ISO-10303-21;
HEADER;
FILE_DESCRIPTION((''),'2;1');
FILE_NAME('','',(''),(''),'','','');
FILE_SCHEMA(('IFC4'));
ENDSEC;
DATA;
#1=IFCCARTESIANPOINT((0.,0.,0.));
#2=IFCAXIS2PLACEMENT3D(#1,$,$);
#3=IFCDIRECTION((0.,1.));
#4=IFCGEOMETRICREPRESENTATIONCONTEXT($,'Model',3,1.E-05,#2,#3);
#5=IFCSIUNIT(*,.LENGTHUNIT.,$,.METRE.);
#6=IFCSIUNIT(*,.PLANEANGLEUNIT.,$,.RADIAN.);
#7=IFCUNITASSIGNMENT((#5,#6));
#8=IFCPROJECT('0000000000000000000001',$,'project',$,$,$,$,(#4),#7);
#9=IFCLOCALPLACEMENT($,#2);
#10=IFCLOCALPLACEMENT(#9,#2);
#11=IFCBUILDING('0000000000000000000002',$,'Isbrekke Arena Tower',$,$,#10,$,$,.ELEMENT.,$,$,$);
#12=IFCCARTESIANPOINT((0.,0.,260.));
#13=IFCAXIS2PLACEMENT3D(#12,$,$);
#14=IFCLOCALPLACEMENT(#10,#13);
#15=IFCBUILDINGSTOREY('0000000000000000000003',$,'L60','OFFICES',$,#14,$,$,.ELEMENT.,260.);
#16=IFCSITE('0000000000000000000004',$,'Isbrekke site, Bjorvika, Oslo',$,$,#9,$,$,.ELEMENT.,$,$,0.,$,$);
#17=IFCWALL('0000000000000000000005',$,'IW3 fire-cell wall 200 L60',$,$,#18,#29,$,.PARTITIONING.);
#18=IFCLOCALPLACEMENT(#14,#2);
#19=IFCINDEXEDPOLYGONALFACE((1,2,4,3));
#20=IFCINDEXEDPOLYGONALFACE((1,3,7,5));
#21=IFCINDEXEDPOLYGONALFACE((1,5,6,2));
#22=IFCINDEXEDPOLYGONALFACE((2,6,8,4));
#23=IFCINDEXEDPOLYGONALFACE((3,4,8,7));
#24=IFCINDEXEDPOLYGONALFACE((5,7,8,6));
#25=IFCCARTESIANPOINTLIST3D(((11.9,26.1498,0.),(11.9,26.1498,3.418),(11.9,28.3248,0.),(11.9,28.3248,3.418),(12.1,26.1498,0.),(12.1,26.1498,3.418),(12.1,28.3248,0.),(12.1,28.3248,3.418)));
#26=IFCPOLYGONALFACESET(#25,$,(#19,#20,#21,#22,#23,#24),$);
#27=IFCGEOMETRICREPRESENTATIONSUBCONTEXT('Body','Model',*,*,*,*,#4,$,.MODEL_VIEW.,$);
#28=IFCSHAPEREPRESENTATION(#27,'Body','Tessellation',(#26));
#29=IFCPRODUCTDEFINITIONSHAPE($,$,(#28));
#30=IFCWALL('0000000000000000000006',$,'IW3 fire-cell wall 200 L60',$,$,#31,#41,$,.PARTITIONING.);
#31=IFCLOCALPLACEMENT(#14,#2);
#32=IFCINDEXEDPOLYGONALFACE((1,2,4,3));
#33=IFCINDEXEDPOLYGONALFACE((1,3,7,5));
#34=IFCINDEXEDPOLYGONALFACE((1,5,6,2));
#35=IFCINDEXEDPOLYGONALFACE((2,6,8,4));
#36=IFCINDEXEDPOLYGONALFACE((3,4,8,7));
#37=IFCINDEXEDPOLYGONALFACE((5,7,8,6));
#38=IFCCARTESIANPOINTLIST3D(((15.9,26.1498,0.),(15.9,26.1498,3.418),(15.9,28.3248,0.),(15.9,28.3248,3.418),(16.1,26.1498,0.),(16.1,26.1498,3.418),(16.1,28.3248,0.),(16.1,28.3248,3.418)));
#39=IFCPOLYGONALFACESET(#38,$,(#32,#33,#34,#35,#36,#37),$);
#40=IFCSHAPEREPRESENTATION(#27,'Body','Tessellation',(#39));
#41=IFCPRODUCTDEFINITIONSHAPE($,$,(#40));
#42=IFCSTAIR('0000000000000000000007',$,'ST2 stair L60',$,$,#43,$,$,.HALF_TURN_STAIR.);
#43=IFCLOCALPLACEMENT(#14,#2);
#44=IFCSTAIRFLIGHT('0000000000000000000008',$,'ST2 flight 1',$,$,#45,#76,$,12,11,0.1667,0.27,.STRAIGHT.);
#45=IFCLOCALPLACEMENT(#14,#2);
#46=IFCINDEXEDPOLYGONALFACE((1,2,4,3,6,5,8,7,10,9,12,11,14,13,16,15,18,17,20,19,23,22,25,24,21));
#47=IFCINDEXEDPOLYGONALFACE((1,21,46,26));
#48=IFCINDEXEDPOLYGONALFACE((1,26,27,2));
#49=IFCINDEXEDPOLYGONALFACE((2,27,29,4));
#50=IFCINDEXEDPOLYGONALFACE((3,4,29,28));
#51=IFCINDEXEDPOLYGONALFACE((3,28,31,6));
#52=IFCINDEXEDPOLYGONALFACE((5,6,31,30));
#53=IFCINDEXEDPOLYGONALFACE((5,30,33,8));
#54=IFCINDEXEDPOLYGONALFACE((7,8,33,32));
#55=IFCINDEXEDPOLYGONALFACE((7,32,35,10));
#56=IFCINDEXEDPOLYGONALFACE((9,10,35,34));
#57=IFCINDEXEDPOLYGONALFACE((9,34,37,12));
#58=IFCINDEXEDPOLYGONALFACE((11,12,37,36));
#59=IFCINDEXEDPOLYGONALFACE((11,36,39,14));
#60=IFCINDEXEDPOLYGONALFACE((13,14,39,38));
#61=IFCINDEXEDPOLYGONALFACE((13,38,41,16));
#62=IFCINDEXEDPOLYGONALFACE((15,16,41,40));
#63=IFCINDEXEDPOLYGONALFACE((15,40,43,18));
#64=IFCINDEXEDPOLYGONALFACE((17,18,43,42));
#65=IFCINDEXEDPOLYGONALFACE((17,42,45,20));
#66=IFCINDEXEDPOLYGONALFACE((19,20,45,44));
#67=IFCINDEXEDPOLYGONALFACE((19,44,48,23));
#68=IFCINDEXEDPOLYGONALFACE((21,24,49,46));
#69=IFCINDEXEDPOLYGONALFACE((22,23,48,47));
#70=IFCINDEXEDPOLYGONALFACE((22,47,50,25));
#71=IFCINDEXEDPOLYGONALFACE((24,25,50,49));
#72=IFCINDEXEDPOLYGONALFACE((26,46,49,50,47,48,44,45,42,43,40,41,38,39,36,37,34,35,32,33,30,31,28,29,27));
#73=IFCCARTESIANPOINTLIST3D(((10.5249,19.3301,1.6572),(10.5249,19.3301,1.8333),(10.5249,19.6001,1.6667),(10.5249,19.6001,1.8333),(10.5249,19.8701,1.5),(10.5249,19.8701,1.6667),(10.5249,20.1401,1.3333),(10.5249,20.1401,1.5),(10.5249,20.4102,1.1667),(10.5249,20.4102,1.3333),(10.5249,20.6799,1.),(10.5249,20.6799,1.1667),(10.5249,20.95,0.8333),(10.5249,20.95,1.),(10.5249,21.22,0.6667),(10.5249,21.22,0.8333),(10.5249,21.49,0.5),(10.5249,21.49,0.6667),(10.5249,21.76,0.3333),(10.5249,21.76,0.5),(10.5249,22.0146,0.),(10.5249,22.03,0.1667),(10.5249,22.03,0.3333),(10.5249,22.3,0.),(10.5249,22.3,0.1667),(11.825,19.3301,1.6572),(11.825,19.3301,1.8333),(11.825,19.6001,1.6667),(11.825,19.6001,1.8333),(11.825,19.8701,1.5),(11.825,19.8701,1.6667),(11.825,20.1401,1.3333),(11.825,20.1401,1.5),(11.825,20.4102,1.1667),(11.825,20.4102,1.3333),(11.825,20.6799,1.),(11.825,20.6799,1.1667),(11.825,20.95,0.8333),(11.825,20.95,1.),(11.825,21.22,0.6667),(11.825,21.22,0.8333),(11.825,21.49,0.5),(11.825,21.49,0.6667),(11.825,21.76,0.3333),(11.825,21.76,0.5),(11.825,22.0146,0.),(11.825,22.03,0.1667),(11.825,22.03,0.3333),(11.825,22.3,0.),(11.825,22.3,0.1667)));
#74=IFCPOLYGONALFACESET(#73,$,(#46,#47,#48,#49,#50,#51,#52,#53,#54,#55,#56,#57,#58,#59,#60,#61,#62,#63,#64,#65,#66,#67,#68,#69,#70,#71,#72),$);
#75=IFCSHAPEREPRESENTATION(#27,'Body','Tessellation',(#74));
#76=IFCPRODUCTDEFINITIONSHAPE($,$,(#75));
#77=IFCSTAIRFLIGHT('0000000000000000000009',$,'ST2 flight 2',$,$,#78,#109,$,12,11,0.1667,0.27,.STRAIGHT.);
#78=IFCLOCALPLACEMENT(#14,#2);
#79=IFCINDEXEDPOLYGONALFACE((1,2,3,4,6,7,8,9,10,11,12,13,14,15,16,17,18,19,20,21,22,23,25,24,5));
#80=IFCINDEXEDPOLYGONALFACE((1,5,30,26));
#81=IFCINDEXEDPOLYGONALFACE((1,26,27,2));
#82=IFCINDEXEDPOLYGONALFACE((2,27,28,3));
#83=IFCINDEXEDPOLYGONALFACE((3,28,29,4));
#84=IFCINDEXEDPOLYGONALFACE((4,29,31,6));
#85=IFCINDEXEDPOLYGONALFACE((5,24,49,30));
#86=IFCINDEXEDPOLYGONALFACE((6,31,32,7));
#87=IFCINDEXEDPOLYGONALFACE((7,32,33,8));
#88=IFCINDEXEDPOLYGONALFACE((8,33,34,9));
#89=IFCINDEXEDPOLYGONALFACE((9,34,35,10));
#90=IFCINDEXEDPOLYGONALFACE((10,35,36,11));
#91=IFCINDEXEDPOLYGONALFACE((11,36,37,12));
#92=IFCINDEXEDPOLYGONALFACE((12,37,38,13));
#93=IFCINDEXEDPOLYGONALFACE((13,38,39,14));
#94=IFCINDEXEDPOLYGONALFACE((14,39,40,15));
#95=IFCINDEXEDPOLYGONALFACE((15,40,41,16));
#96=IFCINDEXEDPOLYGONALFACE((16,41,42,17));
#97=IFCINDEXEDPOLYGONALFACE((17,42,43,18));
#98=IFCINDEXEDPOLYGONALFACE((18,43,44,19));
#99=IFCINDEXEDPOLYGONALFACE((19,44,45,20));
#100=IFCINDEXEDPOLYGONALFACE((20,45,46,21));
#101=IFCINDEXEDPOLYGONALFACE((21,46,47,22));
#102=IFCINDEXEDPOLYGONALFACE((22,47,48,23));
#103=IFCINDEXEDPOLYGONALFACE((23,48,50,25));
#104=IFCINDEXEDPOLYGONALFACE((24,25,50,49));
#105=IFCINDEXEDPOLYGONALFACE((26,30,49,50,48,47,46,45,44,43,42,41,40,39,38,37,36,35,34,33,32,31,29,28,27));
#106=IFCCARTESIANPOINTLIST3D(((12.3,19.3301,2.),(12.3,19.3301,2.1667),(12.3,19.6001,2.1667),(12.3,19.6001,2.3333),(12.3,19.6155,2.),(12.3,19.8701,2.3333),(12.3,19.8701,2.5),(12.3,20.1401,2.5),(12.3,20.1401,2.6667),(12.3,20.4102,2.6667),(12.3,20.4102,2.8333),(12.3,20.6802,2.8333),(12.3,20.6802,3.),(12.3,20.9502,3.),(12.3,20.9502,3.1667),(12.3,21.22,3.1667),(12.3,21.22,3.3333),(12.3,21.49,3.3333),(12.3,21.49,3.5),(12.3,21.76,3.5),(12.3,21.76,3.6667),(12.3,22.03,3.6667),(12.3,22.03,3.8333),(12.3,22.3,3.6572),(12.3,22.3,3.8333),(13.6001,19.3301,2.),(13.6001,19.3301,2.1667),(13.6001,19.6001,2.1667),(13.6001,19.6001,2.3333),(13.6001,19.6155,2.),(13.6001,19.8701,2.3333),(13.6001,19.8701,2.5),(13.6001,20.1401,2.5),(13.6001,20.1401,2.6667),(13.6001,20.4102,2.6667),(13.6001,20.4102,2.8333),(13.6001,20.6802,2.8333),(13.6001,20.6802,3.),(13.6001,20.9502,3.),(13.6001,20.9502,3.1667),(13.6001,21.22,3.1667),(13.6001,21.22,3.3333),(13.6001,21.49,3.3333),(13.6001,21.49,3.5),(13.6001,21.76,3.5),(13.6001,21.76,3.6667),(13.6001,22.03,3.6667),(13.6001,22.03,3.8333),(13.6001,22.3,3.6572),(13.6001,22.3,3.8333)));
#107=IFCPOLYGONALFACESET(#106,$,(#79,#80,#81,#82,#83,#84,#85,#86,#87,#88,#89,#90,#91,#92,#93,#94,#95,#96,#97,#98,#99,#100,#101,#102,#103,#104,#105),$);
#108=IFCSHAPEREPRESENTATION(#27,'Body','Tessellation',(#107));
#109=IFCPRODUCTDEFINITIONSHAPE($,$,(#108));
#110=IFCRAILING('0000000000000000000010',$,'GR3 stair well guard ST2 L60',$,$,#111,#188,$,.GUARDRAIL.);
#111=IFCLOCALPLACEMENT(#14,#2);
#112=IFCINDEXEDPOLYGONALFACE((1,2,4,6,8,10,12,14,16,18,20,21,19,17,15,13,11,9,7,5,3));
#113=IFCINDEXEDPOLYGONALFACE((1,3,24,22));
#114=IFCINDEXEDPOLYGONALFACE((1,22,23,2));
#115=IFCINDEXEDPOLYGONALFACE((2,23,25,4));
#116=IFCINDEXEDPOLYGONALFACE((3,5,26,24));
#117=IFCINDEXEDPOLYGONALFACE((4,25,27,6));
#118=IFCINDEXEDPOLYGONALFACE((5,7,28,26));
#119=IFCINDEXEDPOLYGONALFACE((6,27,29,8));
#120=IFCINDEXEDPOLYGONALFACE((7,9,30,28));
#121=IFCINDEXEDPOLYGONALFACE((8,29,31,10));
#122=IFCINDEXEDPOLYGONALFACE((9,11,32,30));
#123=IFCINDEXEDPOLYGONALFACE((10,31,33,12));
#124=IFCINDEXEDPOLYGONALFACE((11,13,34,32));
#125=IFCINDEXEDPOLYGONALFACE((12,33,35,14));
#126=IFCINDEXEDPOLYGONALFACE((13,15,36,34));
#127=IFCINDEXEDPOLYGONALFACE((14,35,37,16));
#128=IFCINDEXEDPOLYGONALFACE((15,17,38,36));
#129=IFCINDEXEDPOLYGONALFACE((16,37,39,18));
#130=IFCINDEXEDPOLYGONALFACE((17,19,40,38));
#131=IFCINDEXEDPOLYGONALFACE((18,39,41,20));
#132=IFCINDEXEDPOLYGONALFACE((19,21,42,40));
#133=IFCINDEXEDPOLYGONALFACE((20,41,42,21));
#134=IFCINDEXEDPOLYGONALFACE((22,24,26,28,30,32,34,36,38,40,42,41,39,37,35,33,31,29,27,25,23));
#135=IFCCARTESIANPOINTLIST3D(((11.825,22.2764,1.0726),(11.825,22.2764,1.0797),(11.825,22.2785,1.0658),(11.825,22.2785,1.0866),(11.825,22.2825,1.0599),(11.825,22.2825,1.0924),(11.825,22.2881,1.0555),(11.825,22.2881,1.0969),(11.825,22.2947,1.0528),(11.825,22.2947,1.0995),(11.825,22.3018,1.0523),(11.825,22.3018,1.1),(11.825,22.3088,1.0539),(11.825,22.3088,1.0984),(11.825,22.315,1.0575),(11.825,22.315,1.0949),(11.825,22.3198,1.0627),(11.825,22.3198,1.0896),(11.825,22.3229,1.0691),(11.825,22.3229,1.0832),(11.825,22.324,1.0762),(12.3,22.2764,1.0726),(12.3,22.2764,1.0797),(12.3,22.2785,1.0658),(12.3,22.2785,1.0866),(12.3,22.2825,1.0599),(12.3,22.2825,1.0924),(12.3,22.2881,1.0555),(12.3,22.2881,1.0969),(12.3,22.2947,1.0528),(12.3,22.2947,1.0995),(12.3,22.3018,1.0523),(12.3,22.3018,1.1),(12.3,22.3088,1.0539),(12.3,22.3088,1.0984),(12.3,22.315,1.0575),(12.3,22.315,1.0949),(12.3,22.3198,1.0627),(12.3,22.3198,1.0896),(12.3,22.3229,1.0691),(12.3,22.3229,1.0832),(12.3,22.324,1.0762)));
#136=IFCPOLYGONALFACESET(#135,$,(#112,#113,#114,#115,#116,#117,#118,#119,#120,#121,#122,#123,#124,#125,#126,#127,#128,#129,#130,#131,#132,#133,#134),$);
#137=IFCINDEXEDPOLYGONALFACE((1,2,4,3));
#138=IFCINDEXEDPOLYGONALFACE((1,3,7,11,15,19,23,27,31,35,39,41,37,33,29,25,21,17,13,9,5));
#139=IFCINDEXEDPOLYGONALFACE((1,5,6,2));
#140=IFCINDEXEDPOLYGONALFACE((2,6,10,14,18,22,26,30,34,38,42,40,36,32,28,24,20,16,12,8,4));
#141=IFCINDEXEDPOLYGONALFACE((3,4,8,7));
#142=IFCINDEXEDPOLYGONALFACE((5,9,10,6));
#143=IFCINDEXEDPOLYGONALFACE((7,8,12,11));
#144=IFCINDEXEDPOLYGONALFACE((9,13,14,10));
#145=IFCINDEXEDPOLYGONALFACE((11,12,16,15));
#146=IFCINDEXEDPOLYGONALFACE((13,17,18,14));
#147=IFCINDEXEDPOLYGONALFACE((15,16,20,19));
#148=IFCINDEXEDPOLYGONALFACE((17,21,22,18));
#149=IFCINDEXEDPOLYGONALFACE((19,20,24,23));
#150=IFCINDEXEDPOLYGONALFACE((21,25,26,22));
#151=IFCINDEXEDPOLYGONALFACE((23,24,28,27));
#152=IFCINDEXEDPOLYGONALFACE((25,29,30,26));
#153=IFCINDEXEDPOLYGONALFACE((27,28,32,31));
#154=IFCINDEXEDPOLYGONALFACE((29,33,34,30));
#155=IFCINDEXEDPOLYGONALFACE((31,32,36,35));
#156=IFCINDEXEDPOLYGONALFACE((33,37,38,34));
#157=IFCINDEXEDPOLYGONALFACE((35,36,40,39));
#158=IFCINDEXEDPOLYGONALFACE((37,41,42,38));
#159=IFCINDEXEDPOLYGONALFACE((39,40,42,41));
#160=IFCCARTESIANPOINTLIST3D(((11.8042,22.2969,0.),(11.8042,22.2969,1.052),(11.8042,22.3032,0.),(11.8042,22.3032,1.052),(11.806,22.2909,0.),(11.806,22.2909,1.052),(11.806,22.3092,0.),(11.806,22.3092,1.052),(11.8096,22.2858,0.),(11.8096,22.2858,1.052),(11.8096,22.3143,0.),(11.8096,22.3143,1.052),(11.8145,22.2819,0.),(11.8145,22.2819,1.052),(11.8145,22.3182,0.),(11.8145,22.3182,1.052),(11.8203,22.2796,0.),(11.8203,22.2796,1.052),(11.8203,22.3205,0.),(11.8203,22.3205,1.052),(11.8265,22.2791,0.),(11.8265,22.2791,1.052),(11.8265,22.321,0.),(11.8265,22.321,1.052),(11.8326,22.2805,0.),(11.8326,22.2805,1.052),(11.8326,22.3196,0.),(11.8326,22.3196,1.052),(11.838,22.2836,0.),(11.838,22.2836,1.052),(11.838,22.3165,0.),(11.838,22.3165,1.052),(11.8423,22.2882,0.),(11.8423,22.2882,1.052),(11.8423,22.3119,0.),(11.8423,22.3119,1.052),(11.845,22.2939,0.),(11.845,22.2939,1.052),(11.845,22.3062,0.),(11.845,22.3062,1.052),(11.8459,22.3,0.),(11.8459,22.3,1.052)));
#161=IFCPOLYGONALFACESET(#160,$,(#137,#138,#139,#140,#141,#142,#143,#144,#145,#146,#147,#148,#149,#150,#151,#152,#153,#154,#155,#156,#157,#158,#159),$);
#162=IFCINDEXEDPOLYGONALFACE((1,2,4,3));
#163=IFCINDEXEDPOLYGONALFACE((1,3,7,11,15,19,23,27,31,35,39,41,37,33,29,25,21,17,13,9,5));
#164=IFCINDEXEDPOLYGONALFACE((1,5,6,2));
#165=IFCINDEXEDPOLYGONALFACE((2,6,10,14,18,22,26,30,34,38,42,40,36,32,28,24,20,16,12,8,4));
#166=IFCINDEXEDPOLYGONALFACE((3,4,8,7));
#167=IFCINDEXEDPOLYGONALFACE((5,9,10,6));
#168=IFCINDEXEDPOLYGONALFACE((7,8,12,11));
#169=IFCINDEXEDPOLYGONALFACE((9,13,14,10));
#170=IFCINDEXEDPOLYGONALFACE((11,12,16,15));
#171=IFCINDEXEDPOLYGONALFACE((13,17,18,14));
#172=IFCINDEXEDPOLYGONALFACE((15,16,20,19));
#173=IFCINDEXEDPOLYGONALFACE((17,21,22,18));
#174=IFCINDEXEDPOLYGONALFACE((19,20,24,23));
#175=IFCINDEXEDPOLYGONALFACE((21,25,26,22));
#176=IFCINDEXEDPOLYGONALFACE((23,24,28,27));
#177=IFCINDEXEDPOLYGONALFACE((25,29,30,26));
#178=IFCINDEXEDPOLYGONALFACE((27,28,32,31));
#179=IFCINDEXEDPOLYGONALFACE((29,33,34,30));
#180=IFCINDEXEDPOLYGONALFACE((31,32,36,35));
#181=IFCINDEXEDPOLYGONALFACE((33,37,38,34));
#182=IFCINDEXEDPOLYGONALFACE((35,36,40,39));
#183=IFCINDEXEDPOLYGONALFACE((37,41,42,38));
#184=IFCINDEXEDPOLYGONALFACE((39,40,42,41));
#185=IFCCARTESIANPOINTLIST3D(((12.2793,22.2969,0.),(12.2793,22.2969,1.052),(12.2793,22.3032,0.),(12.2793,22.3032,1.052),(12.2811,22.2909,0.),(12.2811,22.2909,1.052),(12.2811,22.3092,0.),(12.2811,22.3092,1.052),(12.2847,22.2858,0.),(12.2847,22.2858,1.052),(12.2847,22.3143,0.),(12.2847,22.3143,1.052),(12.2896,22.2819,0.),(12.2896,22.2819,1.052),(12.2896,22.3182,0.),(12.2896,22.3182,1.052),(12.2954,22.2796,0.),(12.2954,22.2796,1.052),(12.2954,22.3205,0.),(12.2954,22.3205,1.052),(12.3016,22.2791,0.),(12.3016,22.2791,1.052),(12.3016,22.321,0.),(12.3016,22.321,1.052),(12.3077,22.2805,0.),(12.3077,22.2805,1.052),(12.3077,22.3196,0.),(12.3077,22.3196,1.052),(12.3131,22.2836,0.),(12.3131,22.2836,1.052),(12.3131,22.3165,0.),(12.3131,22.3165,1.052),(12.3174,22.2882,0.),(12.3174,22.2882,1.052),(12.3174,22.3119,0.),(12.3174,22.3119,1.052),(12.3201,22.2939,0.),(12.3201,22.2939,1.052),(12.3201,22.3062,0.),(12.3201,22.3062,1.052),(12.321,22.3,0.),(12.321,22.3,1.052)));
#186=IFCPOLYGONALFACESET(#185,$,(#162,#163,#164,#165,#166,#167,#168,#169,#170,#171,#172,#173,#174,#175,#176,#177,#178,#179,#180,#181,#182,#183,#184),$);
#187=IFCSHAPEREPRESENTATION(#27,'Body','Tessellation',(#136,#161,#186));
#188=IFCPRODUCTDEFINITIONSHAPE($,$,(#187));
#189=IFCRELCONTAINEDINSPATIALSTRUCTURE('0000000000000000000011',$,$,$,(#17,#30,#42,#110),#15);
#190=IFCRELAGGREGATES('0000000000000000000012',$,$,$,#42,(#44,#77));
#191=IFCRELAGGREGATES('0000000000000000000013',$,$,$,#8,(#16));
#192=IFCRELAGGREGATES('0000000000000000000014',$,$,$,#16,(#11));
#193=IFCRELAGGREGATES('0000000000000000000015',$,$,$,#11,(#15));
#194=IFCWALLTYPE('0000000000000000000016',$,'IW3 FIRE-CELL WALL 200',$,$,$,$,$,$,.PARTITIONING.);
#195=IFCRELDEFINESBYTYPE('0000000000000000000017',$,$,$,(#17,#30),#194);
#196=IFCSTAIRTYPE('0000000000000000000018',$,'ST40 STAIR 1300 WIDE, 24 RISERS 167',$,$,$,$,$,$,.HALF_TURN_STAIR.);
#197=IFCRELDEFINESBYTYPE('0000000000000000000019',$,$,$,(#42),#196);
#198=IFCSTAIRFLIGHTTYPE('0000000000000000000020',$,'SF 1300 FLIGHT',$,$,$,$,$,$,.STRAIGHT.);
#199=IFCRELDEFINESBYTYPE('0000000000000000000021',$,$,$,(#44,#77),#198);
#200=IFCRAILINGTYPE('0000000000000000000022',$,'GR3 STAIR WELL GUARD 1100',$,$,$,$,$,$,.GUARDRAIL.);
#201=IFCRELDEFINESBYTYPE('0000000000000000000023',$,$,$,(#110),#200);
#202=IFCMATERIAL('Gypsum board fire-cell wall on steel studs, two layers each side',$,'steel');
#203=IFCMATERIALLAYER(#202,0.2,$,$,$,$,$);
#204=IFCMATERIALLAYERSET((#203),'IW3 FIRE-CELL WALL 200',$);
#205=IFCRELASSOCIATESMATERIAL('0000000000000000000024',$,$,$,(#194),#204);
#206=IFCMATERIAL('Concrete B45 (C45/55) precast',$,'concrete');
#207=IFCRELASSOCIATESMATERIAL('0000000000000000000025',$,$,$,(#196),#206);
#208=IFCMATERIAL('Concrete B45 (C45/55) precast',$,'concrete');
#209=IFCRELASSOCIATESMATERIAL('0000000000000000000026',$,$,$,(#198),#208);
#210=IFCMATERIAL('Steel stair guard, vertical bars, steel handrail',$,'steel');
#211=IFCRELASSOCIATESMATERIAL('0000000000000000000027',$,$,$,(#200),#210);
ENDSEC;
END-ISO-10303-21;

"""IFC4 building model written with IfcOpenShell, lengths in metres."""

from ifc_helpers import new_model, si_unit, direction, frame, frame_2d, origin, origin_2d, place, context, subcontext, project, spatial, polyline, rectangle, circle, outline, extrude, material, layer, layer_set, type_object, element, aggregate, save


model = new_model("IFC4")

# Units and contexts
model_context = context("Model", 3, precision=1e-05, world=origin(), true_north=direction((0.0, 1.0)))
body_context = subcontext(model_context, "Body", "Model", "MODEL_VIEW")
ifc_project = project(units=[si_unit("LENGTHUNIT", "METRE"), si_unit("PLANEANGLEUNIT", "RADIAN")], contexts=[model_context])

# Site, building, storey
site_placement = place(None, origin())
site = spatial("IfcSite", under=ifc_project, at=site_placement, Name="Isbrekke site, Bjorvika, Oslo", CompositionType="ELEMENT", RefElevation=0.0)
building_placement = place(site_placement, origin())
building = spatial("IfcBuilding", under=site, at=building_placement, Name="Isbrekke Arena Tower", CompositionType="ELEMENT")
storey_placement = place(building_placement, frame((0.0, 0.0, 260.0)))
storey = spatial("IfcBuildingStorey", under=building, at=storey_placement, Name="L60", Description="OFFICES", CompositionType="ELEMENT", Elevation=260.0)

# Walls
ifc_material_1 = material(Name="Gypsum board fire-cell wall on steel studs, two layers each side", Category="steel")
ifc_layer_1 = layer(ifc_material_1, 0.2)
ifc_layer_set_1 = layer_set([ifc_layer_1], Name="IW3 FIRE-CELL WALL 200")
wall_type_1 = type_object("IfcWallType", Name="IW3 FIRE-CELL WALL 200", PredefinedType="PARTITIONING", material=ifc_layer_set_1)
for number, where, z_axis, x_axis, name in (
    (1, (12.0, 26.1499, 0.0), (0.0, 0.0, 1.0), (0.0, 1.0, 0.0), "IW3 fire-cell wall 200 L60"),
    (2, (16.0, 26.1499, 0.0), (0.0, 0.0, 1.0), (0.0, 1.0, 0.0), "IW3 fire-cell wall 200 L60"),
):
    element("IfcWall", number, at=place(storey_placement, frame(where, z_axis=z_axis, x_axis=x_axis)), inside=storey, type_object=wall_type_1, Name=name, PredefinedType="PARTITIONING", context=body_context, shape_type="SweptSolid", body=[
        extrude(rectangle(XDim=2.175, YDim=0.2, at=frame_2d((1.0874, 0.0))), origin(), (0.0, 0.0, 1.0), 3.418),
    ])

# Stair, stair flights
ifc_material_2 = material(Name="Concrete B45 (C45/55) precast", Category="concrete")
stair_type = type_object("IfcStairType", Name="ST40 STAIR 1300 WIDE, 24 RISERS 167", PredefinedType="HALF_TURN_STAIR", material=ifc_material_2)
stair_placement = place(storey_placement, origin())
stair = element("IfcStair", 3, at=stair_placement, inside=storey, type_object=stair_type, Name="ST2 stair L60", PredefinedType="HALF_TURN_STAIR")
ifc_material_3 = material(Name="Concrete B45 (C45/55) precast", Category="concrete")
stair_flight_type = type_object("IfcStairFlightType", Name="SF 1300 FLIGHT", PredefinedType="STRAIGHT", material=ifc_material_3)
stair_flight_1_placement = place(storey_placement, frame((11.175, 22.3, 0.0), z_axis=(0.0, 0.0, 1.0), x_axis=(0.0, -1.0, 0.0)))
stair_flight_1 = element("IfcStairFlight", 4, at=stair_flight_1_placement, type_object=stair_flight_type, Name="ST2 flight 1", NumberOfRisers=12, NumberOfTreads=11, PredefinedType="STRAIGHT", RiserHeight=0.1667, TreadLength=0.27, context=body_context, shape_type="SweptSolid", body=[
    extrude(outline(polyline([(0.0, 0.0), (0.0, 0.1667), (0.27, 0.1667), (0.27, 0.3333), (0.54, 0.3333), (0.54, 0.5), (0.8101, 0.5), (0.8101, 0.6667), (1.0801, 0.6667), (1.0801, 0.8333), (1.3501, 0.8333), (1.3501, 1.0), (1.6201, 1.0), (1.6201, 1.1667), (1.8899, 1.1667), (1.8899, 1.3333), (2.1599, 1.3333), (2.1599, 1.5), (2.4299, 1.5), (2.4299, 1.6667), (2.7, 1.6667), (2.7, 1.8333), (2.97, 1.8333), (2.97, 2.0), (2.97, 1.6572), (0.2854, 0.0), (0.0, 0.0)])), frame((0.0, 0.6499, 0.0), z_axis=(0.0, -1.0, 0.0), x_axis=(1.0, 0.0, 0.0)), (0.0, 0.0, 1.0), 1.3),
])
stair_flight_2_placement = place(storey_placement, frame((12.95, 19.3301, 2.0), z_axis=(0.0, 0.0, 1.0), x_axis=(0.0, 1.0, 0.0)))
stair_flight_2 = element("IfcStairFlight", 5, at=stair_flight_2_placement, type_object=stair_flight_type, Name="ST2 flight 2", NumberOfRisers=12, NumberOfTreads=11, PredefinedType="STRAIGHT", RiserHeight=0.1667, TreadLength=0.27, context=body_context, shape_type="SweptSolid", body=[
    extrude(outline(polyline([(0.0, 0.0), (0.0, 0.1667), (0.27, 0.1667), (0.27, 0.3333), (0.54, 0.3333), (0.54, 0.5), (0.8101, 0.5), (0.8101, 0.6667), (1.0801, 0.6667), (1.0801, 0.8333), (1.3501, 0.8333), (1.3501, 1.0), (1.6201, 1.0), (1.6201, 1.1667), (1.8899, 1.1667), (1.8899, 1.3333), (2.1599, 1.3333), (2.1599, 1.5), (2.4299, 1.5), (2.4299, 1.6667), (2.7, 1.6667), (2.7, 1.8333), (2.97, 1.8333), (2.97, 2.0), (2.97, 1.6572), (0.2854, 0.0), (0.0, 0.0)])), frame((0.0, 0.6499, 0.0), z_axis=(0.0, -1.0, 0.0), x_axis=(1.0, 0.0, 0.0)), (0.0, 0.0, 1.0), 1.3),
])
aggregate(stair, [stair_flight_1, stair_flight_2])

# Railing
ifc_material_4 = material(Name="Steel stair guard, vertical bars, steel handrail", Category="steel")
railing_type = type_object("IfcRailingType", Name="GR3 STAIR WELL GUARD 1100", PredefinedType="GUARDRAIL", material=ifc_material_4)
for number, where, name in (
    (6, (11.825, 22.3, 0.0), "GR3 stair well guard ST2 L60"),
):
    element("IfcRailing", number, at=place(storey_placement, frame(where)), inside=storey, type_object=railing_type, Name=name, PredefinedType="GUARDRAIL", context=body_context, shape_type="SweptSolid", body=[
        extrude(circle(Radius=0.0239, at=origin_2d()), frame((0.0, 0.0, 1.0762), z_axis=(1.0, 0.0, 0.0), x_axis=(0.0, 1.0, 0.0)), (0.0, 0.0, 1.0), 0.4751),
        extrude(circle(Radius=0.021, at=origin_2d()), origin(), (0.0, 0.0, 1.0), 1.052),
        extrude(circle(Radius=0.021, at=origin_2d()), frame((0.4751, 0.0, 0.0)), (0.0, 0.0, 1.0), 1.052),
    ])

save(model, "model.ifc")
